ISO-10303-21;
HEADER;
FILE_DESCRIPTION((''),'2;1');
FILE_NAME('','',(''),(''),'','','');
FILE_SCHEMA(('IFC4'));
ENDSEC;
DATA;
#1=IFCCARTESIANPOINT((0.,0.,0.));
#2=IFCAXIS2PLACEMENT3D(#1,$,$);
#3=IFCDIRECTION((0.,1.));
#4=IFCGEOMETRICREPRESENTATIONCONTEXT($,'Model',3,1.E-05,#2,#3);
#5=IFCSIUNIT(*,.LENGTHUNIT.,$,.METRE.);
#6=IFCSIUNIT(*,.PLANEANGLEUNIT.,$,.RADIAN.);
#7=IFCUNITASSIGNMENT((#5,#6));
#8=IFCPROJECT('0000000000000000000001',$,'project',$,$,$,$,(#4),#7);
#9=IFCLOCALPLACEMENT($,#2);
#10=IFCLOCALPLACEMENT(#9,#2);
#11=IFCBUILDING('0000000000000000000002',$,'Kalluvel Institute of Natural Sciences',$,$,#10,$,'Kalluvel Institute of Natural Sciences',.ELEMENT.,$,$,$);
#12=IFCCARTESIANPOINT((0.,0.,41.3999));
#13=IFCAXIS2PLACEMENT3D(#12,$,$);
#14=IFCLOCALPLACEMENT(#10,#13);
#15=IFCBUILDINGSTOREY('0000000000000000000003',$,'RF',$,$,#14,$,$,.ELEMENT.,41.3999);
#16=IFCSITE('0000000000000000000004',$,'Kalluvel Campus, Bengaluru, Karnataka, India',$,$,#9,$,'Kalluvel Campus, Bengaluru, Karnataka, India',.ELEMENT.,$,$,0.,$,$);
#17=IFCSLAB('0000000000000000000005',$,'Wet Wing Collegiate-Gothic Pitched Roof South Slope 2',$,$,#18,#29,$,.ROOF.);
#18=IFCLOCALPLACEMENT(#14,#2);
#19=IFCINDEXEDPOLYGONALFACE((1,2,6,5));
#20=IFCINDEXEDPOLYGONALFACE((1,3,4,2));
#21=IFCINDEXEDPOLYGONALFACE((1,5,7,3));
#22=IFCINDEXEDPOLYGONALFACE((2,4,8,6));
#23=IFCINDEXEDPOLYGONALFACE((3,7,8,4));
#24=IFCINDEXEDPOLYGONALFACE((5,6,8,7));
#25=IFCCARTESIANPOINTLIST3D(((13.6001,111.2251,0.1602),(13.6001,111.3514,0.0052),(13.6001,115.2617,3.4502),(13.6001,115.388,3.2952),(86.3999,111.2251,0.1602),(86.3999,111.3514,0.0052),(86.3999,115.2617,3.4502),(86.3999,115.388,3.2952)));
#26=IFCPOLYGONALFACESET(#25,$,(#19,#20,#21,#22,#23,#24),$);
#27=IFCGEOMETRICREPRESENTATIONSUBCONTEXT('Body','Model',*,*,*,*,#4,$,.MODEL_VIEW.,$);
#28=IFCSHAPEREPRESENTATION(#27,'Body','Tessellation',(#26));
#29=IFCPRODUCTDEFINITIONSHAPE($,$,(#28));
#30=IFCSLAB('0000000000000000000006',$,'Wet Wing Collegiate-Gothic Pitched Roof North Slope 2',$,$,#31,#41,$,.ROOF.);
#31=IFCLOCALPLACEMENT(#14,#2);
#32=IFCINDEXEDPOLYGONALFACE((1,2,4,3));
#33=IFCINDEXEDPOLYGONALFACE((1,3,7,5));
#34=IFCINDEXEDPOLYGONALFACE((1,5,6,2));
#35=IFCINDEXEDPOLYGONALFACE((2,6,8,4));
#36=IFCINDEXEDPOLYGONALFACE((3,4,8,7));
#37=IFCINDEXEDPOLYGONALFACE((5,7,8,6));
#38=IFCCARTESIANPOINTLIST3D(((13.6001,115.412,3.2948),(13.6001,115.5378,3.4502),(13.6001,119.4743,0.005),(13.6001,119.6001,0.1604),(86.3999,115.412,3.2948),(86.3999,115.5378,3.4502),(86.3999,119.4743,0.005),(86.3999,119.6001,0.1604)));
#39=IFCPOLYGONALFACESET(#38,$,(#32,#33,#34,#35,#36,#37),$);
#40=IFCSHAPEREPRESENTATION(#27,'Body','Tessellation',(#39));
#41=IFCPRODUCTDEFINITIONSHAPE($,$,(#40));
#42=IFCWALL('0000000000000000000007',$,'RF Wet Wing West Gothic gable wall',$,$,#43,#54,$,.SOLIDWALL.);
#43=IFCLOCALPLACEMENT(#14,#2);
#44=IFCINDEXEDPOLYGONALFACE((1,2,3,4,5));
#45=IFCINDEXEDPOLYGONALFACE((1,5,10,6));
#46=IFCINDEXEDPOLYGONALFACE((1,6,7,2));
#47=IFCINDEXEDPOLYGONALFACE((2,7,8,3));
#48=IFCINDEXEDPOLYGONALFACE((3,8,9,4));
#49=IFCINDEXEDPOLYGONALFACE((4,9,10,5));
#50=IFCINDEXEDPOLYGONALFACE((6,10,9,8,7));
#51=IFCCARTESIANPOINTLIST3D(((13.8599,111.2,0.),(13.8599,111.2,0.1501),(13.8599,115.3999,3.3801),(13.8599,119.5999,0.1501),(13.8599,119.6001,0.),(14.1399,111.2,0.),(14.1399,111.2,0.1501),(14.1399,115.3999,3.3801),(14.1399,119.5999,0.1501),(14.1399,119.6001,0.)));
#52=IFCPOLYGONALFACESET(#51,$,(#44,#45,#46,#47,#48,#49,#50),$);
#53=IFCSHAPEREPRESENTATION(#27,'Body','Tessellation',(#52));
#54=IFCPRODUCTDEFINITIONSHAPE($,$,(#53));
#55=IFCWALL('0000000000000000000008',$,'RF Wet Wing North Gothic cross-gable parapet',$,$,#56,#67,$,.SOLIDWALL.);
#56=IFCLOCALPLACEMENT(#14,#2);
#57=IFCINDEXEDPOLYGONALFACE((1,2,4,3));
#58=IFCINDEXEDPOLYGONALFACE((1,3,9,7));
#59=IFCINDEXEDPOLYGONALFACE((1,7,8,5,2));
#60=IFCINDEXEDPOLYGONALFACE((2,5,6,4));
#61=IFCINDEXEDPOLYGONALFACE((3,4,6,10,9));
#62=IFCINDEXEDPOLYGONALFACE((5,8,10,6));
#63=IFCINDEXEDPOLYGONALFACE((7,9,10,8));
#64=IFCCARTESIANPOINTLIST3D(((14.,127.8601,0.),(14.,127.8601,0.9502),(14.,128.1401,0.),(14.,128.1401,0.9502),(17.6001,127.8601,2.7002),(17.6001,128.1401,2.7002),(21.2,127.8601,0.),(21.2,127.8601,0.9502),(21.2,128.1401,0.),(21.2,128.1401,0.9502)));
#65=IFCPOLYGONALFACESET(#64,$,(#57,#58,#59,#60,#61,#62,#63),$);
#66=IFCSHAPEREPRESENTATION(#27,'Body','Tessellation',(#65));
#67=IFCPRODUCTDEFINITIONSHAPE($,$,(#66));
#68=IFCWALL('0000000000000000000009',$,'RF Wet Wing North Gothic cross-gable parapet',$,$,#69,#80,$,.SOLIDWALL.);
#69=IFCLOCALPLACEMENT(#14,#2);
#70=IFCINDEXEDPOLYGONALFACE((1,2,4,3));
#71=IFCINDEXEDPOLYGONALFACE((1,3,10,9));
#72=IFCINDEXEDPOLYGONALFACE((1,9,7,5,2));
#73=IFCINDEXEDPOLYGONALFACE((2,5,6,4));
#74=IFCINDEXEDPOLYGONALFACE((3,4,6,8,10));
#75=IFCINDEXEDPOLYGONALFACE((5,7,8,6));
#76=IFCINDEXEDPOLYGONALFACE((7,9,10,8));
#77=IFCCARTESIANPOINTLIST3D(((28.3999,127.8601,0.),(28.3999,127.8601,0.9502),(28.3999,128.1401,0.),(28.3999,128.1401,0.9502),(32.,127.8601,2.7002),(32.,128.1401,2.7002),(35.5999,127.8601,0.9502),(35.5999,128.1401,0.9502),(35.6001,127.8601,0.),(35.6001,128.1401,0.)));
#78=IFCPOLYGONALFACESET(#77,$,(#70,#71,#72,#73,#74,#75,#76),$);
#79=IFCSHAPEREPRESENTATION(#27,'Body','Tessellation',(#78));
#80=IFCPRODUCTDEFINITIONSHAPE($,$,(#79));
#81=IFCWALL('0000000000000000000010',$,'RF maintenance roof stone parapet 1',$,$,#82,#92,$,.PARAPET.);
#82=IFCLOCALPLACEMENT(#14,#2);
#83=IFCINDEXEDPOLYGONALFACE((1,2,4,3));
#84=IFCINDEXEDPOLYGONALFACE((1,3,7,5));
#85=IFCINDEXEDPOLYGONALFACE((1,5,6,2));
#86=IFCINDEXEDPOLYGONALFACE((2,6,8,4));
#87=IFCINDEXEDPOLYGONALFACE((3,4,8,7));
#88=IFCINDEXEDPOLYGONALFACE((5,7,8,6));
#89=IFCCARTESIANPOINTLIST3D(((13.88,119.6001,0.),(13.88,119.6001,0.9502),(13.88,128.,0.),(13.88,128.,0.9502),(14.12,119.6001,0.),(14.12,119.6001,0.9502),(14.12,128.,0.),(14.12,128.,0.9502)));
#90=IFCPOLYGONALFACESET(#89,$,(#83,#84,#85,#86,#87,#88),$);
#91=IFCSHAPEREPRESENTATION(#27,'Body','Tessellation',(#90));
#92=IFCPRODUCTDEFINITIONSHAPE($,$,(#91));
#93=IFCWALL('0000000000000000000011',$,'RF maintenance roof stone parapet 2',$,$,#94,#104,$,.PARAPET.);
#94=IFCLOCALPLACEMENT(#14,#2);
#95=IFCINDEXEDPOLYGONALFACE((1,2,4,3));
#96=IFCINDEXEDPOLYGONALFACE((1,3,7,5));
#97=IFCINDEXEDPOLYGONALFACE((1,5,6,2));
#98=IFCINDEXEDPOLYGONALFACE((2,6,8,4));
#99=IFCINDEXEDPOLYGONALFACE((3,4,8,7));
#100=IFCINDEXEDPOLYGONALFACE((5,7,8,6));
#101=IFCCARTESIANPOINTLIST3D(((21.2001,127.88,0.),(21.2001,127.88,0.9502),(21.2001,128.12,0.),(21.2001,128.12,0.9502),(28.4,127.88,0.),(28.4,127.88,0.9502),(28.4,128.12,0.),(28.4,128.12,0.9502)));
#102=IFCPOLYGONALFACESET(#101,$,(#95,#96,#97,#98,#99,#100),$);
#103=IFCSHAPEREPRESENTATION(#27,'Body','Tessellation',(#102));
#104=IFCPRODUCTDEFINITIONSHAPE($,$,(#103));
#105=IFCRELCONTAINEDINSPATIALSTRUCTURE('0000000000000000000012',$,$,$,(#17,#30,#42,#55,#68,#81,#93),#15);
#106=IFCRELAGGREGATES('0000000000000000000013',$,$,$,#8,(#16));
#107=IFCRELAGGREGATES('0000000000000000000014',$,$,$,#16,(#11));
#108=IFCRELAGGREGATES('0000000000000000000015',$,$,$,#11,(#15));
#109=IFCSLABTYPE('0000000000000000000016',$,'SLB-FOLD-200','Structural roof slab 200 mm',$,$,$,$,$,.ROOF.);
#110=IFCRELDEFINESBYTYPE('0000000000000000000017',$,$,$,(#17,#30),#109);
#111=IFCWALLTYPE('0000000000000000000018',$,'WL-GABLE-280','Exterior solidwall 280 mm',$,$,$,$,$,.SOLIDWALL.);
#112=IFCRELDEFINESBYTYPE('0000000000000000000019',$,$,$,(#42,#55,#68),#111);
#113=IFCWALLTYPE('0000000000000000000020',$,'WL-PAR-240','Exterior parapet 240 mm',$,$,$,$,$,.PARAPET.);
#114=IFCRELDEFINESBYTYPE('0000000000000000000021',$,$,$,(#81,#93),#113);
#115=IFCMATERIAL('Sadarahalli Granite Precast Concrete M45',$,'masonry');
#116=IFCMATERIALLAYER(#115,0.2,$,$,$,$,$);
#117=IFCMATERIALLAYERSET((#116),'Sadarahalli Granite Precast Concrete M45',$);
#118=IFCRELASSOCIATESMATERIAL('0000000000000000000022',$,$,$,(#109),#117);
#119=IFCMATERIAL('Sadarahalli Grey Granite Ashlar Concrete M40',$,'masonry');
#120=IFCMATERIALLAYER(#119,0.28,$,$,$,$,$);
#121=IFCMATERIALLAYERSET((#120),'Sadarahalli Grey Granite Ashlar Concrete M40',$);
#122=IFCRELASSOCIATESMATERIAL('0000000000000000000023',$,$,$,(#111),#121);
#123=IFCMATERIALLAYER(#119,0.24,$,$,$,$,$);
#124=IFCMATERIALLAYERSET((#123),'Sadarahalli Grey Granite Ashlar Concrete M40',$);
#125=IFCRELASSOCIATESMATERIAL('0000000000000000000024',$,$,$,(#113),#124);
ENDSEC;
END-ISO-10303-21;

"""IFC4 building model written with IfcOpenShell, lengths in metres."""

from ifc_helpers import new_model, si_unit, direction, frame, frame_2d, origin, place, context, subcontext, project, spatial, polyline, rectangle, outline, extrude, material, layer, layer_set, type_object, element, save


model = new_model("IFC4")

# Units and contexts
model_context = context("Model", 3, precision=1e-05, world=origin(), true_north=direction((0.0, 1.0)))
body_context = subcontext(model_context, "Body", "Model", "MODEL_VIEW")
ifc_project = project(units=[si_unit("LENGTHUNIT", "METRE"), si_unit("PLANEANGLEUNIT", "RADIAN")], contexts=[model_context])

# Site, building, storey
site_placement = place(None, origin())
site = spatial("IfcSite", under=ifc_project, at=site_placement, Name="Kalluvel Campus, Bengaluru, Karnataka, India", LongName="Kalluvel Campus, Bengaluru, Karnataka, India", CompositionType="ELEMENT", RefElevation=0.0)
building_placement = place(site_placement, origin())
building = spatial("IfcBuilding", under=site, at=building_placement, Name="Kalluvel Institute of Natural Sciences", LongName="Kalluvel Institute of Natural Sciences", CompositionType="ELEMENT")
storey_placement = place(building_placement, frame((0.0, 0.0, 41.3999)))
storey = spatial("IfcBuildingStorey", under=building, at=storey_placement, Name="RF", CompositionType="ELEMENT", Elevation=41.3999)

# Slabs
ifc_material_1 = material(Name="Sadarahalli Granite Precast Concrete M45", Category="masonry")
ifc_layer_1 = layer(ifc_material_1, 0.2)
ifc_layer_set_1 = layer_set([ifc_layer_1], Name="Sadarahalli Granite Precast Concrete M45")
slab_type = type_object("IfcSlabType", Name="SLB-FOLD-200", Description="Structural roof slab 200 mm", PredefinedType="ROOF", material=ifc_layer_set_1)
slab_1_placement = place(storey_placement, frame((13.6001, 111.2251, 0.1602), z_axis=(0.0, -0.631781, 0.775147), x_axis=(1.0, 0.0, 0.0)))
element("IfcSlab", 1, at=slab_1_placement, inside=storey, type_object=slab_type, Name="Wet Wing Collegiate-Gothic Pitched Roof South Slope 2", PredefinedType="ROOF", context=body_context, shape_type="SweptSolid", body=[
    extrude(outline(polyline([(0.0, 0.0), (72.7998, 0.0), (72.7998, 5.2076), (0.0, 5.2076), (0.0, 0.0)])), origin(), (0.0, 0.0, -1.0), 0.2),
])
slab_2_placement = place(storey_placement, frame((13.6001, 115.5378, 3.4502), z_axis=(0.0, 0.629349, 0.777123), x_axis=(1.0, 0.0, 0.0)))
element("IfcSlab", 2, at=slab_2_placement, inside=storey, type_object=slab_type, Name="Wet Wing Collegiate-Gothic Pitched Roof North Slope 2", PredefinedType="ROOF", context=body_context, shape_type="SweptSolid", body=[
    extrude(outline(polyline([(0.0, 0.0), (72.7998, 0.0), (72.7998, 5.2273), (0.0, 5.2273), (0.0, 0.0)])), origin(), (0.0, 0.0, -1.0), 0.2),
])

# Walls
ifc_material_2 = material(Name="Sadarahalli Grey Granite Ashlar Concrete M40", Category="masonry")
ifc_layer_2 = layer(ifc_material_2, 0.28)
ifc_layer_set_2 = layer_set([ifc_layer_2], Name="Sadarahalli Grey Granite Ashlar Concrete M40")
wall_type_1 = type_object("IfcWallType", Name="WL-GABLE-280", Description="Exterior solidwall 280 mm", PredefinedType="SOLIDWALL", material=ifc_layer_set_2)
wall_1_placement = place(storey_placement, frame((14.0, 111.2, 0.0), z_axis=(0.0, 0.0, 1.0), x_axis=(0.0, 1.0, 0.0)))
element("IfcWall", 3, at=wall_1_placement, inside=storey, type_object=wall_type_1, Name="RF Wet Wing West Gothic gable wall", PredefinedType="SOLIDWALL", context=body_context, shape_type="SweptSolid", body=[
    extrude(outline(polyline([(0.0, 0.0), (8.4001, 0.0), (8.3999, 0.1501), (4.2, 3.3801), (0.0, 0.1501), (0.0, 0.0)])), frame((0.0, 0.1401, 0.0), z_axis=(0.0, -1.0, 0.0), x_axis=(1.0, 0.0, 0.0)), (0.0, 0.0, 1.0), 0.28),
])
wall_2_placement = place(storey_placement, frame((14.0, 128.0, 0.0), z_axis=(0.0, 0.0, 1.0), x_axis=(1.0, 0.0, 0.0)))
element("IfcWall", 4, at=wall_2_placement, inside=storey, type_object=wall_type_1, Name="RF Wet Wing North Gothic cross-gable parapet", PredefinedType="SOLIDWALL", context=body_context, shape_type="SweptSolid", body=[
    extrude(outline(polyline([(0.0, 0.0), (7.2, 0.0), (7.2, 0.9502), (3.6001, 2.7002), (0.0, 0.9502), (0.0, 0.0)])), frame((0.0, 0.1401, 0.0), z_axis=(0.0, -1.0, 0.0), x_axis=(1.0, 0.0, 0.0)), (0.0, 0.0, 1.0), 0.28),
])
wall_3_placement = place(storey_placement, frame((28.3999, 128.0, 0.0), z_axis=(0.0, 0.0, 1.0), x_axis=(1.0, 0.0, 0.0)))
element("IfcWall", 5, at=wall_3_placement, inside=storey, type_object=wall_type_1, Name="RF Wet Wing North Gothic cross-gable parapet", PredefinedType="SOLIDWALL", context=body_context, shape_type="SweptSolid", body=[
    extrude(outline(polyline([(0.0, 0.0), (7.2002, 0.0), (7.2, 0.9502), (3.6001, 2.7002), (0.0, 0.9502), (0.0, 0.0)])), frame((0.0, 0.1401, 0.0), z_axis=(0.0, -1.0, 0.0), x_axis=(1.0, 0.0, 0.0)), (0.0, 0.0, 1.0), 0.28),
])
ifc_layer_3 = layer(ifc_material_2, 0.24)
ifc_layer_set_3 = layer_set([ifc_layer_3], Name="Sadarahalli Grey Granite Ashlar Concrete M40")
wall_type_2 = type_object("IfcWallType", Name="WL-PAR-240", Description="Exterior parapet 240 mm", PredefinedType="PARAPET", material=ifc_layer_set_3)
wall_4_placement = place(storey_placement, frame((14.0, 119.6001, 0.0), z_axis=(0.0, 0.0, 1.0), x_axis=(0.0, 1.0, 0.0)))
element("IfcWall", 6, at=wall_4_placement, inside=storey, type_object=wall_type_2, Name="RF maintenance roof stone parapet 1", PredefinedType="PARAPET", context=body_context, shape_type="SweptSolid", body=[
    extrude(rectangle(XDim=8.3999, YDim=0.24, at=frame_2d((4.2, 0.0))), origin(), (0.0, 0.0, 1.0), 0.9502),
])
wall_5_placement = place(storey_placement, frame((21.2, 128.0, 0.0), z_axis=(0.0, 0.0, 1.0), x_axis=(1.0, 0.0, 0.0)))
element("IfcWall", 7, at=wall_5_placement, inside=storey, type_object=wall_type_2, Name="RF maintenance roof stone parapet 2", PredefinedType="PARAPET", context=body_context, shape_type="SweptSolid", body=[
    extrude(rectangle(XDim=7.2, YDim=0.24, at=frame_2d((3.6001, 0.0))), origin(), (0.0, 0.0, 1.0), 0.9502),
])

save(model, "model.ifc")
